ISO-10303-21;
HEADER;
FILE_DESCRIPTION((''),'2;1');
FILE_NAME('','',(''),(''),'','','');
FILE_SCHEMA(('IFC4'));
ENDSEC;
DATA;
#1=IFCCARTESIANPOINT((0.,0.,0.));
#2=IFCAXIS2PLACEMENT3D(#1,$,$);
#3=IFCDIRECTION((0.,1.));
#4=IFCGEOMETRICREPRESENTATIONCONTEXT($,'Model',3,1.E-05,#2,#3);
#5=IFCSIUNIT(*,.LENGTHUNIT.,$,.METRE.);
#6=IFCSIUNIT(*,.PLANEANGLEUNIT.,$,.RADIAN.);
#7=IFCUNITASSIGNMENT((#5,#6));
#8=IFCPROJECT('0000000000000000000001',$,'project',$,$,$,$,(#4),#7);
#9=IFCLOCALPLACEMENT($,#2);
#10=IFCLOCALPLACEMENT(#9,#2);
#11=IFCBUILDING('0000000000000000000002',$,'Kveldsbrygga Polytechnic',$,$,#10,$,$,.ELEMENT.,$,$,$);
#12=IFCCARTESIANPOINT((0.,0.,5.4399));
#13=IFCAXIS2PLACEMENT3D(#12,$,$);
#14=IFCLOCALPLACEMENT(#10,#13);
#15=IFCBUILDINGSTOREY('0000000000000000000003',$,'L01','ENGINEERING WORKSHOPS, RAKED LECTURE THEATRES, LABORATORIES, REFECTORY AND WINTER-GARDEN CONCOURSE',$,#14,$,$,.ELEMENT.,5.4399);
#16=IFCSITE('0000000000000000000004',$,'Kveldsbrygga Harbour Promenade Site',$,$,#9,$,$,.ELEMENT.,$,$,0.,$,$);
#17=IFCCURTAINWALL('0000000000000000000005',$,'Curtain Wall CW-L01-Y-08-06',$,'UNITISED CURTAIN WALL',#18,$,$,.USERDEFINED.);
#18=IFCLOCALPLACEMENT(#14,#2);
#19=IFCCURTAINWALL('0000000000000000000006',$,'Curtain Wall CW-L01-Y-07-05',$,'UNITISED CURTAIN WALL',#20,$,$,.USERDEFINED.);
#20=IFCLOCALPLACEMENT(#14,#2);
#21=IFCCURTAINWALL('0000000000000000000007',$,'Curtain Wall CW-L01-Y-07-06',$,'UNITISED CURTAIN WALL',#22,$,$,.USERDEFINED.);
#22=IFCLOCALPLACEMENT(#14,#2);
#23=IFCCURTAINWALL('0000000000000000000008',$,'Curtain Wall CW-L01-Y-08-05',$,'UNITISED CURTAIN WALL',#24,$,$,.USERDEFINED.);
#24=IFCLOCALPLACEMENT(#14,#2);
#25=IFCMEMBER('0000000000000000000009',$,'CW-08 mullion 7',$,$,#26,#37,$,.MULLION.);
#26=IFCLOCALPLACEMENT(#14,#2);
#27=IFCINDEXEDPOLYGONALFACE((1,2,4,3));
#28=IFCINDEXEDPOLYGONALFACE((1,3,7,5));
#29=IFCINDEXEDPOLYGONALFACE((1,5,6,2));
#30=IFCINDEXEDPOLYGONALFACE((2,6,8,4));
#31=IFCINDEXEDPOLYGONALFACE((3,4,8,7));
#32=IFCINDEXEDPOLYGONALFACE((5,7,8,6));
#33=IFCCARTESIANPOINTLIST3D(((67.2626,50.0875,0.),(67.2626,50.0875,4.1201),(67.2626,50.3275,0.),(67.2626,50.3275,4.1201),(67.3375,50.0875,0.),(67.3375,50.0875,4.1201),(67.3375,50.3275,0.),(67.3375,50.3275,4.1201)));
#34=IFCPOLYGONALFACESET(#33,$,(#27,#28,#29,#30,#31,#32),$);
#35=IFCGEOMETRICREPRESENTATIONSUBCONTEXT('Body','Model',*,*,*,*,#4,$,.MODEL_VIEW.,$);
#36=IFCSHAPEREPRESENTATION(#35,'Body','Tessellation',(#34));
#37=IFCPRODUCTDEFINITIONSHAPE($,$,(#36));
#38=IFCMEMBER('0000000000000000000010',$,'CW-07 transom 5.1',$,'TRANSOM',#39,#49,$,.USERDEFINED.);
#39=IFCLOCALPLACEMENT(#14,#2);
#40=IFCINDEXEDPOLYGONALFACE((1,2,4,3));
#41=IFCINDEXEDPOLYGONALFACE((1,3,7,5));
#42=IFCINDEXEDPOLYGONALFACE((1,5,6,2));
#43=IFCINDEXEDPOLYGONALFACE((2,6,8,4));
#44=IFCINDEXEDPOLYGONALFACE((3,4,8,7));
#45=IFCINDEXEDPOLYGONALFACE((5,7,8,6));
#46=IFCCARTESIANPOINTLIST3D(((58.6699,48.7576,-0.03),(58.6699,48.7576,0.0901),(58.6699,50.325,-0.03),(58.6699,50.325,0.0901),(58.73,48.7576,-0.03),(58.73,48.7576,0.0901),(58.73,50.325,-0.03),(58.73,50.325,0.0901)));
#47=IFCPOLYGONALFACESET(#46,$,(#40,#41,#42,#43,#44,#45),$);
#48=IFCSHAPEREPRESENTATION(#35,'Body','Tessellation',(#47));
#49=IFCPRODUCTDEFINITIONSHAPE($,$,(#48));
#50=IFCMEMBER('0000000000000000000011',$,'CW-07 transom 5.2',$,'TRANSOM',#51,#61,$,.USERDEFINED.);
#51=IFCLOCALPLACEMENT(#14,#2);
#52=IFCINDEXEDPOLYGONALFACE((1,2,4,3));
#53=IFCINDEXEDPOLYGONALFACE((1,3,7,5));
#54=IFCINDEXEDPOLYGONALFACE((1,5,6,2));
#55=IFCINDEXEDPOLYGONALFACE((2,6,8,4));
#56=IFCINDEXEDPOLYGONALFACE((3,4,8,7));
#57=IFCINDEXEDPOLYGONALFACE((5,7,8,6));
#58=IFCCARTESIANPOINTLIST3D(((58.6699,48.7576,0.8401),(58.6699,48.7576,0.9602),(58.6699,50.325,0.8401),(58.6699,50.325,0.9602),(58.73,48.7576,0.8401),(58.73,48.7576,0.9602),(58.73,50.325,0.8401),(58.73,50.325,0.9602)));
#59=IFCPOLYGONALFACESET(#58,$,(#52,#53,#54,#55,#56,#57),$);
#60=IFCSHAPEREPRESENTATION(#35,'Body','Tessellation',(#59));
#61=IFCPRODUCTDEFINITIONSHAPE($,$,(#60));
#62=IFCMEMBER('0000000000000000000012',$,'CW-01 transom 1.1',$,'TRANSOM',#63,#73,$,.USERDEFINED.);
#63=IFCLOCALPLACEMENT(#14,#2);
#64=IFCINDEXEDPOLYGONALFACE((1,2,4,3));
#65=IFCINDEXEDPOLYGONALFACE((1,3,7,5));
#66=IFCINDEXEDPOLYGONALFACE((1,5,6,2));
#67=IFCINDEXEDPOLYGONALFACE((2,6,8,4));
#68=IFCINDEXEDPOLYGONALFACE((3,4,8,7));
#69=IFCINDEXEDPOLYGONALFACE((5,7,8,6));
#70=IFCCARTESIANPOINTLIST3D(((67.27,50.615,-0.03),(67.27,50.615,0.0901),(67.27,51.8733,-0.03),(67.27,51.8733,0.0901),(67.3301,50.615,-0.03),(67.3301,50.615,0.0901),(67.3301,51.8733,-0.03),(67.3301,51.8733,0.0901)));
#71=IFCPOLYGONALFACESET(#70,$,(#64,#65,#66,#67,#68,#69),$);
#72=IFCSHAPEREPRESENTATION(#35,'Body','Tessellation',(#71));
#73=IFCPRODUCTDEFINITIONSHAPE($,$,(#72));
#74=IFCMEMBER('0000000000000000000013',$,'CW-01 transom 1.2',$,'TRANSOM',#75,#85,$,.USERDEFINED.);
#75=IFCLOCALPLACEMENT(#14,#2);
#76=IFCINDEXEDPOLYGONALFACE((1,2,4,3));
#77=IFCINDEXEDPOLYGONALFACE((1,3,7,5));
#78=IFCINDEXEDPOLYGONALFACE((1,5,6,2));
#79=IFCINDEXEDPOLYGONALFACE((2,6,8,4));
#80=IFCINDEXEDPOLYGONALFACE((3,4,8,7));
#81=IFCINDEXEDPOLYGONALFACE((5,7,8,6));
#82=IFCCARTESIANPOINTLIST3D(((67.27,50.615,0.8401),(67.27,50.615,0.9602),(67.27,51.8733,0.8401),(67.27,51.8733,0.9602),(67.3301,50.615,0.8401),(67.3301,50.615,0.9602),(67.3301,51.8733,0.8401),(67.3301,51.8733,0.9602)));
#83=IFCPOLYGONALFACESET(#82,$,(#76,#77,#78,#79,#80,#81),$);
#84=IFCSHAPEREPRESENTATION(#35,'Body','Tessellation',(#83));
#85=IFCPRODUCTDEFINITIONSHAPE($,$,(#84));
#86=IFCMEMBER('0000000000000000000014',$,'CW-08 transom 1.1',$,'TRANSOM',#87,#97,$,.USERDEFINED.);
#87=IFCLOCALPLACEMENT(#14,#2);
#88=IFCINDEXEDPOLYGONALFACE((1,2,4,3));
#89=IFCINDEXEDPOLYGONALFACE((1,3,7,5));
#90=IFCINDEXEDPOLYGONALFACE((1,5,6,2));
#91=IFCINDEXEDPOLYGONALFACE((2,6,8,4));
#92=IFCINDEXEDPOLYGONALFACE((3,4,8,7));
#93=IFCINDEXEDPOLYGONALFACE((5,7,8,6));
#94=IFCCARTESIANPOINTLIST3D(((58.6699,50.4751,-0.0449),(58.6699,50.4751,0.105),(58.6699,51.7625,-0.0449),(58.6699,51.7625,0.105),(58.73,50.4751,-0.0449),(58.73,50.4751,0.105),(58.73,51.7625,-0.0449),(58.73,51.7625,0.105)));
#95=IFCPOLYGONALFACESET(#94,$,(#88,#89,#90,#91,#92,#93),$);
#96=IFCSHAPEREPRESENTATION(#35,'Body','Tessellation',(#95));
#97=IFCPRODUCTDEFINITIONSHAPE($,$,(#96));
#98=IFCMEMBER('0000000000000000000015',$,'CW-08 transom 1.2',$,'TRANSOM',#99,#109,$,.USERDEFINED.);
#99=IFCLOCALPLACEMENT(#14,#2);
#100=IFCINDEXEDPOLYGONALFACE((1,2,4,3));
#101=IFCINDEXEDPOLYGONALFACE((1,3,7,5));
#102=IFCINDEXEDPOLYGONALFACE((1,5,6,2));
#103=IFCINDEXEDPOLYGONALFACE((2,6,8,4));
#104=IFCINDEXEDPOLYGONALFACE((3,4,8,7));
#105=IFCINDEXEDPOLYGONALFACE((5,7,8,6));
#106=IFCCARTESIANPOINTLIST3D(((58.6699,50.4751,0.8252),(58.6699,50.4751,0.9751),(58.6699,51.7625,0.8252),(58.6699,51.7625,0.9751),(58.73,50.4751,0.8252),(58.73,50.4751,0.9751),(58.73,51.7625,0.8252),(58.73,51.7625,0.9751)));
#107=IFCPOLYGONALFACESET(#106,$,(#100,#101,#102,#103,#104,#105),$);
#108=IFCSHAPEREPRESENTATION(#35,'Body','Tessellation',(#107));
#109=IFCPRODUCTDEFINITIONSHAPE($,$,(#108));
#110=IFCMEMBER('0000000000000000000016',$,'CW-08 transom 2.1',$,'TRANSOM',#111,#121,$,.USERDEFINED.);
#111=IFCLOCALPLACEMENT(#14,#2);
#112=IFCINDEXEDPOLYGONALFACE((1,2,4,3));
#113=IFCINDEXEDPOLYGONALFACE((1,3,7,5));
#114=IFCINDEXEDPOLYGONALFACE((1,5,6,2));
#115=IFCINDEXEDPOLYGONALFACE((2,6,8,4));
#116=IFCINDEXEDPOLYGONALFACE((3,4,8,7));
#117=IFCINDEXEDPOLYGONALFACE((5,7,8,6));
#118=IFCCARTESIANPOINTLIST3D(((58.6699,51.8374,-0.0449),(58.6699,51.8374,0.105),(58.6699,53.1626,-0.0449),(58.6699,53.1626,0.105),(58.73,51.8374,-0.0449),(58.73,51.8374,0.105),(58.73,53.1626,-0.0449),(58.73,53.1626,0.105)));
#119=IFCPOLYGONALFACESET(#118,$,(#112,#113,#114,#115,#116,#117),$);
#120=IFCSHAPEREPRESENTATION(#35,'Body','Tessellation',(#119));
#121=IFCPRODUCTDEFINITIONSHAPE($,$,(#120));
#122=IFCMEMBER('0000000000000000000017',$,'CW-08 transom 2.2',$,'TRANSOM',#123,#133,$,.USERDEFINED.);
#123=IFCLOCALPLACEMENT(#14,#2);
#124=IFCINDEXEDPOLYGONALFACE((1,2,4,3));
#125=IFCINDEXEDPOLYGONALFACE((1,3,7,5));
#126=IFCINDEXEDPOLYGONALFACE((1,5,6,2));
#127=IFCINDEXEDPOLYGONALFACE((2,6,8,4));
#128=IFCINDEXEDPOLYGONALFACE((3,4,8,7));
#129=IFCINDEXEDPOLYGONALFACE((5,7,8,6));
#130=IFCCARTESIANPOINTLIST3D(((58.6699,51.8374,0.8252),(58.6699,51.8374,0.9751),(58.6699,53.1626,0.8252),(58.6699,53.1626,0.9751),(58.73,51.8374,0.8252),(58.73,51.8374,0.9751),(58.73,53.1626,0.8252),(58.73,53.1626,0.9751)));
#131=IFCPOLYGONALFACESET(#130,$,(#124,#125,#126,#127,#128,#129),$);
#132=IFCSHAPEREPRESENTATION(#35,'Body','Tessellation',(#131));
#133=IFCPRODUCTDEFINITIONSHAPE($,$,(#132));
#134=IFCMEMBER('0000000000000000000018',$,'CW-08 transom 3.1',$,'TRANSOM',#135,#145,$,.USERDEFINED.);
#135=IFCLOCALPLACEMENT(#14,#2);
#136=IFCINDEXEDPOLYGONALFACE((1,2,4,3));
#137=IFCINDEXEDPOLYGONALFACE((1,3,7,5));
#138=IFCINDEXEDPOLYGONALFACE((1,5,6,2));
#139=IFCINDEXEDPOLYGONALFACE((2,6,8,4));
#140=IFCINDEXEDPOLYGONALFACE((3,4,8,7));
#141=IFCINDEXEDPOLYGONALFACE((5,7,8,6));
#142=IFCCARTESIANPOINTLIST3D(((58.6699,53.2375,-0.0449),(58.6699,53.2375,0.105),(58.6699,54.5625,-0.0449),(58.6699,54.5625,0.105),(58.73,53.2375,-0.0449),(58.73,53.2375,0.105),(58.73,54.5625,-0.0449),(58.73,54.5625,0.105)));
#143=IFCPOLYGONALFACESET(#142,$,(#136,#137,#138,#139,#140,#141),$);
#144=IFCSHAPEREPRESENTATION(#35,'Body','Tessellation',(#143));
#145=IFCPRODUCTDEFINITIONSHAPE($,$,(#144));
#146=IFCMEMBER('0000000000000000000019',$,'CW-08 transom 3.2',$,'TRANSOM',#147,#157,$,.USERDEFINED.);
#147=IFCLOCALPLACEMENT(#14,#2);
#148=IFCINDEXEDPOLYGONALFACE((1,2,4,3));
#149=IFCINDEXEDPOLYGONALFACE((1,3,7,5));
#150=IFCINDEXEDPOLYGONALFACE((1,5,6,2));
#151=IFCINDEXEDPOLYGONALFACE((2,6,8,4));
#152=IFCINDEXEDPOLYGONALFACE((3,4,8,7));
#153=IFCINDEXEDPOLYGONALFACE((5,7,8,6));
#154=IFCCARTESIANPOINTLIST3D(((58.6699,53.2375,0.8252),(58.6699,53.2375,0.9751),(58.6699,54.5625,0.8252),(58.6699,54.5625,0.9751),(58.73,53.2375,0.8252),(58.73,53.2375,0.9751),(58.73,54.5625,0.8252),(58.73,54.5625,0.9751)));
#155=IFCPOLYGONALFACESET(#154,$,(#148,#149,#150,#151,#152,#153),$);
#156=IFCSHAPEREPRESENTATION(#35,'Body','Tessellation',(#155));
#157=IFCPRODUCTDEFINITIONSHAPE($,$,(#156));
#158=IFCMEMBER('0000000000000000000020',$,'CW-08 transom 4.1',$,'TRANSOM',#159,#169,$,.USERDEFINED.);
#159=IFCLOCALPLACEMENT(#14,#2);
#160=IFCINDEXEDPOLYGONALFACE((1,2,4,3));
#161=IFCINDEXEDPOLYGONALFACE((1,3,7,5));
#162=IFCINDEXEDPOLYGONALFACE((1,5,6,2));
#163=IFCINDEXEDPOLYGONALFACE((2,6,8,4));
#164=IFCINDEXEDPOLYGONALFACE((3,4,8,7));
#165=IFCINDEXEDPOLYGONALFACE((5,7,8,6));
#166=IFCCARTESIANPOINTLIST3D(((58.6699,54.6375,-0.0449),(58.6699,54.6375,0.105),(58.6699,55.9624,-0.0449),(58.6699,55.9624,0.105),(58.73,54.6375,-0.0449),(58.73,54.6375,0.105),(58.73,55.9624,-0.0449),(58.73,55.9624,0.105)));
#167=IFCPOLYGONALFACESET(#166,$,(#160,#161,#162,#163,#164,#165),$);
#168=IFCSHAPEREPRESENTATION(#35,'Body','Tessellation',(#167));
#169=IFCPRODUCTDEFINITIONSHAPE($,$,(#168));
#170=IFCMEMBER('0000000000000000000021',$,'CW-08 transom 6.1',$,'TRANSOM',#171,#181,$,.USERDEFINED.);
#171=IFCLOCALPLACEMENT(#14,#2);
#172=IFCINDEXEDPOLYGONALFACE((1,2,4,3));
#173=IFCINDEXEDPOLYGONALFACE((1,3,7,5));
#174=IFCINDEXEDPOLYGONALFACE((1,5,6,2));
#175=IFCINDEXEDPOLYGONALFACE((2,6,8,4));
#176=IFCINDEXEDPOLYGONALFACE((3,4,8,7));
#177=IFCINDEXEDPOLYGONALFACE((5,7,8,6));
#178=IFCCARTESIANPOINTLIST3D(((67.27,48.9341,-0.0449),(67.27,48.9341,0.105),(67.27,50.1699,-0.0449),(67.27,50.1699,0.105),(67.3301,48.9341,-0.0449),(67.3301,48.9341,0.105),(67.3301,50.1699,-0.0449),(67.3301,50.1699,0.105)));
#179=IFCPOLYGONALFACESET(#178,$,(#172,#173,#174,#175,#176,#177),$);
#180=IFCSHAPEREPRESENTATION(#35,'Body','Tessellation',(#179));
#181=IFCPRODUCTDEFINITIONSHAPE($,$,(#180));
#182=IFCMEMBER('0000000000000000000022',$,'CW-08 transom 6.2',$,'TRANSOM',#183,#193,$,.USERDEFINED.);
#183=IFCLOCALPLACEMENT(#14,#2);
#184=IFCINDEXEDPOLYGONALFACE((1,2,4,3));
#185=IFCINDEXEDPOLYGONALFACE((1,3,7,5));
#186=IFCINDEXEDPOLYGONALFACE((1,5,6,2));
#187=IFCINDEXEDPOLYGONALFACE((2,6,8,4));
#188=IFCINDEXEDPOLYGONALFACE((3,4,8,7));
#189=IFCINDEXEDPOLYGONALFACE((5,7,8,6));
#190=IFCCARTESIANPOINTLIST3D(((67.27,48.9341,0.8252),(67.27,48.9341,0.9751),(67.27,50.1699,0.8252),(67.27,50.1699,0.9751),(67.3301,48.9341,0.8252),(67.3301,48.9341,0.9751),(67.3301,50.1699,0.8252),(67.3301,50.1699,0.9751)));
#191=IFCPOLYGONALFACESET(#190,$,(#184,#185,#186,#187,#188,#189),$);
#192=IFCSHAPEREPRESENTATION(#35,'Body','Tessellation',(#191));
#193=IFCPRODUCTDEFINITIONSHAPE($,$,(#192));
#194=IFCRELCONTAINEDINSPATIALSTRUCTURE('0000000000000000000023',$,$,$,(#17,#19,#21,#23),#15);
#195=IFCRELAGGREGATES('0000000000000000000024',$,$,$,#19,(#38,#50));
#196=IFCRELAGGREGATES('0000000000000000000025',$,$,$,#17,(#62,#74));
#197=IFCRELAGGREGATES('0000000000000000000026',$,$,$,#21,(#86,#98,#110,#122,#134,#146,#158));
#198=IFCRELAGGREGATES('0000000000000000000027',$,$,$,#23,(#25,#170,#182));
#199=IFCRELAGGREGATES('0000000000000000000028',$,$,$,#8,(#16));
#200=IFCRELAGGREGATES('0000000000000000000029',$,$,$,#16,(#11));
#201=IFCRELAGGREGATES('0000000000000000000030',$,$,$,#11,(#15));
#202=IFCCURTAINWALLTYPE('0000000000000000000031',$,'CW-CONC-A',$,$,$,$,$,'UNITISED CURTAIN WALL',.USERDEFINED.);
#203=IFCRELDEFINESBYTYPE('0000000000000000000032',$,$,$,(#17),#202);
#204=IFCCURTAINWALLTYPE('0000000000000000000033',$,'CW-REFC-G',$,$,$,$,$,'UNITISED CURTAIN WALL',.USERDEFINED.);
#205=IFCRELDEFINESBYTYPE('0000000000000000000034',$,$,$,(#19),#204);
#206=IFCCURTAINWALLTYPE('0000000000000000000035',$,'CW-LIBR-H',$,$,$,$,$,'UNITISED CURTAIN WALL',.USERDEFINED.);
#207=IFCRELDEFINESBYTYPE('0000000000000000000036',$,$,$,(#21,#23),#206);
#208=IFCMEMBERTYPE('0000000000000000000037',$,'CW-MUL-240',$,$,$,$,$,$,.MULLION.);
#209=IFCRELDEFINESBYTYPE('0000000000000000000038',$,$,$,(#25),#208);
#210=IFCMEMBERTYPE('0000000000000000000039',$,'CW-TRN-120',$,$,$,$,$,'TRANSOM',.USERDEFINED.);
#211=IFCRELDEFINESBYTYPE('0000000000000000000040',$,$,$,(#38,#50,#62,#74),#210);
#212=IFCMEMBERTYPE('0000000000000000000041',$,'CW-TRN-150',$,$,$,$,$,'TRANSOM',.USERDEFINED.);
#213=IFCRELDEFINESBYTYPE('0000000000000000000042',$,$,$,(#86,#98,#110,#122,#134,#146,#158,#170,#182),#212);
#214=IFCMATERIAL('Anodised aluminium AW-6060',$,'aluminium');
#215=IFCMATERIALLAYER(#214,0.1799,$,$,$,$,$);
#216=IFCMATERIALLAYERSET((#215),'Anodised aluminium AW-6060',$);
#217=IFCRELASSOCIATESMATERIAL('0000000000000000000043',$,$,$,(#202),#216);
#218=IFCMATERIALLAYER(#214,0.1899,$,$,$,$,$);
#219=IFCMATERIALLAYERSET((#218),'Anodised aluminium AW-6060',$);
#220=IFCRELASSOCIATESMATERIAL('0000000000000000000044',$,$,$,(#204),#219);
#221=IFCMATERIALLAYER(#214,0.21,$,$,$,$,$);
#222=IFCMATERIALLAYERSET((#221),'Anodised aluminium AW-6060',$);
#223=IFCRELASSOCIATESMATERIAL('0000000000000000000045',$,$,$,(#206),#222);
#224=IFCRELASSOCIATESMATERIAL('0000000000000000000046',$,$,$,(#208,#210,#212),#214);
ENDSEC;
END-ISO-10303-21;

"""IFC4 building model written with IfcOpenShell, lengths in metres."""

from ifc_helpers import new_model, si_unit, direction, frame, origin, origin_2d, place, context, subcontext, project, spatial, rectangle, extrude, material, layer, layer_set, material_profile, profile_set, type_object, element, aggregate, save


model = new_model("IFC4")

# Units and contexts
model_context = context("Model", 3, precision=1e-05, world=origin(), true_north=direction((0.0, 1.0)))
body_context = subcontext(model_context, "Body", "Model", "MODEL_VIEW")
ifc_project = project(units=[si_unit("LENGTHUNIT", "METRE"), si_unit("PLANEANGLEUNIT", "RADIAN")], contexts=[model_context])

# Site, building, storey
site_placement = place(None, origin())
site = spatial("IfcSite", under=ifc_project, at=site_placement, Name="Kveldsbrygga Harbour Promenade Site", CompositionType="ELEMENT", RefElevation=0.0)
building_placement = place(site_placement, origin())
building = spatial("IfcBuilding", under=site, at=building_placement, Name="Kveldsbrygga Polytechnic", CompositionType="ELEMENT")
storey_placement = place(building_placement, frame((0.0, 0.0, 5.4399)))
storey = spatial("IfcBuildingStorey", under=building, at=storey_placement, Name="L01", Description="ENGINEERING WORKSHOPS, RAKED LECTURE THEATRES, LABORATORIES, REFECTORY AND WINTER-GARDEN CONCOURSE", CompositionType="ELEMENT", Elevation=5.4399)

# Curtain walls, member
ifc_material_1 = material(Name="Anodised aluminium AW-6060", Category="aluminium")
ifc_layer_1 = layer(ifc_material_1, 0.1799)
ifc_layer_set_1 = layer_set([ifc_layer_1], Name="Anodised aluminium AW-6060")
curtain_wall_type_1 = type_object("IfcCurtainWallType", Name="CW-CONC-A", ElementType="UNITISED CURTAIN WALL", PredefinedType="USERDEFINED", material=ifc_layer_set_1)
curtain_wall_1_placement = place(storey_placement, origin())
curtain_wall_1 = element("IfcCurtainWall", 1, at=curtain_wall_1_placement, inside=storey, type_object=curtain_wall_type_1, Name="Curtain Wall CW-L01-Y-08-06", ObjectType="UNITISED CURTAIN WALL", PredefinedType="USERDEFINED")
ifc_layer_2 = layer(ifc_material_1, 0.1899)
ifc_layer_set_2 = layer_set([ifc_layer_2], Name="Anodised aluminium AW-6060")
curtain_wall_type_2 = type_object("IfcCurtainWallType", Name="CW-REFC-G", ElementType="UNITISED CURTAIN WALL", PredefinedType="USERDEFINED", material=ifc_layer_set_2)
curtain_wall_2_placement = place(storey_placement, origin())
curtain_wall_2 = element("IfcCurtainWall", 2, at=curtain_wall_2_placement, inside=storey, type_object=curtain_wall_type_2, Name="Curtain Wall CW-L01-Y-07-05", ObjectType="UNITISED CURTAIN WALL", PredefinedType="USERDEFINED")
ifc_layer_3 = layer(ifc_material_1, 0.21)
ifc_layer_set_3 = layer_set([ifc_layer_3], Name="Anodised aluminium AW-6060")
curtain_wall_type_3 = type_object("IfcCurtainWallType", Name="CW-LIBR-H", ElementType="UNITISED CURTAIN WALL", PredefinedType="USERDEFINED", material=ifc_layer_set_3)
curtain_wall_3_placement = place(storey_placement, origin())
curtain_wall_3 = element("IfcCurtainWall", 3, at=curtain_wall_3_placement, inside=storey, type_object=curtain_wall_type_3, Name="Curtain Wall CW-L01-Y-07-06", ObjectType="UNITISED CURTAIN WALL", PredefinedType="USERDEFINED")
ifc_material_profile_1 = material_profile(ifc_material_1, rectangle(XDim=0.075, YDim=0.24, at=origin_2d()), Name="ALU 75x240")
ifc_profile_set_1 = profile_set([ifc_material_profile_1], Name="Anodised aluminium AW-6060")
member_type_1 = type_object("IfcMemberType", Name="CW-MUL-240", PredefinedType="MULLION", material=ifc_profile_set_1)
curtain_wall_4_placement = place(storey_placement, origin())
curtain_wall_4 = element("IfcCurtainWall", 4, at=curtain_wall_4_placement, inside=storey, type_object=curtain_wall_type_3, Name="Curtain Wall CW-L01-Y-08-05", ObjectType="UNITISED CURTAIN WALL", PredefinedType="USERDEFINED")
member_1_placement = place(storey_placement, frame((67.3, 50.2075, 0.0), z_axis=(0.0, 0.0, 1.0), x_axis=(-1.0, 0.0, 0.0)))
member_1 = element("IfcMember", 5, at=member_1_placement, type_object=member_type_1, Name="CW-08 mullion 7", PredefinedType="MULLION", context=body_context, shape_type="SweptSolid", body=[
    extrude(rectangle(XDim=0.075, YDim=0.24, at=origin_2d()), origin(), (0.0, 0.0, 1.0), 4.1201),
])

# Members
ifc_material_profile_2 = material_profile(ifc_material_1, rectangle(XDim=0.0601, YDim=0.1201, at=origin_2d()), Name="ALU 60x120")
ifc_profile_set_2 = profile_set([ifc_material_profile_2], Name="Anodised aluminium AW-6060")
member_type_2 = type_object("IfcMemberType", Name="CW-TRN-120", ElementType="TRANSOM", PredefinedType="USERDEFINED", material=ifc_profile_set_2)
member_2_placement = place(storey_placement, frame((58.7, 48.7576, 0.03), z_axis=(0.0, 1.0, 0.0), x_axis=(-1.0, 0.0, 0.0)))
member_2 = element("IfcMember", 6, at=member_2_placement, type_object=member_type_2, Name="CW-07 transom 5.1", ObjectType="TRANSOM", PredefinedType="USERDEFINED", context=body_context, shape_type="SweptSolid", body=[
    extrude(rectangle(XDim=0.0601, YDim=0.1201, at=origin_2d()), origin(), (0.0, 0.0, 1.0), 1.5674),
])
member_3_placement = place(storey_placement, frame((58.7, 48.7576, 0.9001), z_axis=(0.0, 1.0, 0.0), x_axis=(-1.0, 0.0, 0.0)))
member_3 = element("IfcMember", 7, at=member_3_placement, type_object=member_type_2, Name="CW-07 transom 5.2", ObjectType="TRANSOM", PredefinedType="USERDEFINED", context=body_context, shape_type="SweptSolid", body=[
    extrude(rectangle(XDim=0.0601, YDim=0.1201, at=origin_2d()), origin(), (0.0, 0.0, 1.0), 1.5674),
])
member_4_placement = place(storey_placement, frame((67.3, 50.615, 0.03), z_axis=(0.0, 1.0, 0.0), x_axis=(-1.0, 0.0, 0.0)))
member_4 = element("IfcMember", 8, at=member_4_placement, type_object=member_type_2, Name="CW-01 transom 1.1", ObjectType="TRANSOM", PredefinedType="USERDEFINED", context=body_context, shape_type="SweptSolid", body=[
    extrude(rectangle(XDim=0.0601, YDim=0.1201, at=origin_2d()), origin(), (0.0, 0.0, 1.0), 1.2583),
])
member_5_placement = place(storey_placement, frame((67.3, 50.615, 0.9001), z_axis=(0.0, 1.0, 0.0), x_axis=(-1.0, 0.0, 0.0)))
member_5 = element("IfcMember", 9, at=member_5_placement, type_object=member_type_2, Name="CW-01 transom 1.2", ObjectType="TRANSOM", PredefinedType="USERDEFINED", context=body_context, shape_type="SweptSolid", body=[
    extrude(rectangle(XDim=0.0601, YDim=0.1201, at=origin_2d()), origin(), (0.0, 0.0, 1.0), 1.2583),
])
ifc_material_profile_3 = material_profile(ifc_material_1, rectangle(XDim=0.0601, YDim=0.1499, at=origin_2d()), Name="ALU 60x150")
ifc_profile_set_3 = profile_set([ifc_material_profile_3], Name="Anodised aluminium AW-6060")
member_type_3 = type_object("IfcMemberType", Name="CW-TRN-150", ElementType="TRANSOM", PredefinedType="USERDEFINED", material=ifc_profile_set_3)
member_6_placement = place(storey_placement, frame((58.7, 50.4751, 0.03), z_axis=(0.0, 1.0, 0.0), x_axis=(-1.0, 0.0, 0.0)))
member_6 = element("IfcMember", 10, at=member_6_placement, type_object=member_type_3, Name="CW-08 transom 1.1", ObjectType="TRANSOM", PredefinedType="USERDEFINED", context=body_context, shape_type="SweptSolid", body=[
    extrude(rectangle(XDim=0.0601, YDim=0.1499, at=origin_2d()), origin(), (0.0, 0.0, 1.0), 1.2874),
])
member_7_placement = place(storey_placement, frame((58.7, 50.4751, 0.9001), z_axis=(0.0, 1.0, 0.0), x_axis=(-1.0, 0.0, 0.0)))
member_7 = element("IfcMember", 11, at=member_7_placement, type_object=member_type_3, Name="CW-08 transom 1.2", ObjectType="TRANSOM", PredefinedType="USERDEFINED", context=body_context, shape_type="SweptSolid", body=[
    extrude(rectangle(XDim=0.0601, YDim=0.1499, at=origin_2d()), origin(), (0.0, 0.0, 1.0), 1.2874),
])
member_8_placement = place(storey_placement, frame((58.7, 51.8374, 0.03), z_axis=(0.0, 1.0, 0.0), x_axis=(-1.0, 0.0, 0.0)))
member_8 = element("IfcMember", 12, at=member_8_placement, type_object=member_type_3, Name="CW-08 transom 2.1", ObjectType="TRANSOM", PredefinedType="USERDEFINED", context=body_context, shape_type="SweptSolid", body=[
    extrude(rectangle(XDim=0.0601, YDim=0.1499, at=origin_2d()), origin(), (0.0, 0.0, 1.0), 1.3252),
])
member_9_placement = place(storey_placement, frame((58.7, 51.8374, 0.9001), z_axis=(0.0, 1.0, 0.0), x_axis=(-1.0, 0.0, 0.0)))
member_9 = element("IfcMember", 13, at=member_9_placement, type_object=member_type_3, Name="CW-08 transom 2.2", ObjectType="TRANSOM", PredefinedType="USERDEFINED", context=body_context, shape_type="SweptSolid", body=[
    extrude(rectangle(XDim=0.0601, YDim=0.1499, at=origin_2d()), origin(), (0.0, 0.0, 1.0), 1.3252),
])
member_10_placement = place(storey_placement, frame((58.7, 53.2375, 0.03), z_axis=(0.0, 1.0, 0.0), x_axis=(-1.0, 0.0, 0.0)))
member_10 = element("IfcMember", 14, at=member_10_placement, type_object=member_type_3, Name="CW-08 transom 3.1", ObjectType="TRANSOM", PredefinedType="USERDEFINED", context=body_context, shape_type="SweptSolid", body=[
    extrude(rectangle(XDim=0.0601, YDim=0.1499, at=origin_2d()), origin(), (0.0, 0.0, 1.0), 1.325),
])
member_11_placement = place(storey_placement, frame((58.7, 53.2375, 0.9001), z_axis=(0.0, 1.0, 0.0), x_axis=(-1.0, 0.0, 0.0)))
member_11 = element("IfcMember", 15, at=member_11_placement, type_object=member_type_3, Name="CW-08 transom 3.2", ObjectType="TRANSOM", PredefinedType="USERDEFINED", context=body_context, shape_type="SweptSolid", body=[
    extrude(rectangle(XDim=0.0601, YDim=0.1499, at=origin_2d()), origin(), (0.0, 0.0, 1.0), 1.325),
])
member_12_placement = place(storey_placement, frame((58.7, 54.6375, 0.03), z_axis=(0.0, 1.0, 0.0), x_axis=(-1.0, 0.0, 0.0)))
member_12 = element("IfcMember", 16, at=member_12_placement, type_object=member_type_3, Name="CW-08 transom 4.1", ObjectType="TRANSOM", PredefinedType="USERDEFINED", context=body_context, shape_type="SweptSolid", body=[
    extrude(rectangle(XDim=0.0601, YDim=0.1499, at=origin_2d()), origin(), (0.0, 0.0, 1.0), 1.325),
])
member_13_placement = place(storey_placement, frame((67.3, 48.9341, 0.03), z_axis=(0.0, 1.0, 0.0), x_axis=(-1.0, 0.0, 0.0)))
member_13 = element("IfcMember", 17, at=member_13_placement, type_object=member_type_3, Name="CW-08 transom 6.1", ObjectType="TRANSOM", PredefinedType="USERDEFINED", context=body_context, shape_type="SweptSolid", body=[
    extrude(rectangle(XDim=0.0601, YDim=0.1499, at=origin_2d()), origin(), (0.0, 0.0, 1.0), 1.2358),
])
member_14_placement = place(storey_placement, frame((67.3, 48.9341, 0.9001), z_axis=(0.0, 1.0, 0.0), x_axis=(-1.0, 0.0, 0.0)))
member_14 = element("IfcMember", 18, at=member_14_placement, type_object=member_type_3, Name="CW-08 transom 6.2", ObjectType="TRANSOM", PredefinedType="USERDEFINED", context=body_context, shape_type="SweptSolid", body=[
    extrude(rectangle(XDim=0.0601, YDim=0.1499, at=origin_2d()), origin(), (0.0, 0.0, 1.0), 1.2358),
])

aggregate(curtain_wall_2, [member_2, member_3])
aggregate(curtain_wall_1, [member_4, member_5])
aggregate(curtain_wall_3, [member_6, member_7, member_8, member_9, member_10, member_11, member_12])
aggregate(curtain_wall_4, [member_1, member_13, member_14])

save(model, "model.ifc")
